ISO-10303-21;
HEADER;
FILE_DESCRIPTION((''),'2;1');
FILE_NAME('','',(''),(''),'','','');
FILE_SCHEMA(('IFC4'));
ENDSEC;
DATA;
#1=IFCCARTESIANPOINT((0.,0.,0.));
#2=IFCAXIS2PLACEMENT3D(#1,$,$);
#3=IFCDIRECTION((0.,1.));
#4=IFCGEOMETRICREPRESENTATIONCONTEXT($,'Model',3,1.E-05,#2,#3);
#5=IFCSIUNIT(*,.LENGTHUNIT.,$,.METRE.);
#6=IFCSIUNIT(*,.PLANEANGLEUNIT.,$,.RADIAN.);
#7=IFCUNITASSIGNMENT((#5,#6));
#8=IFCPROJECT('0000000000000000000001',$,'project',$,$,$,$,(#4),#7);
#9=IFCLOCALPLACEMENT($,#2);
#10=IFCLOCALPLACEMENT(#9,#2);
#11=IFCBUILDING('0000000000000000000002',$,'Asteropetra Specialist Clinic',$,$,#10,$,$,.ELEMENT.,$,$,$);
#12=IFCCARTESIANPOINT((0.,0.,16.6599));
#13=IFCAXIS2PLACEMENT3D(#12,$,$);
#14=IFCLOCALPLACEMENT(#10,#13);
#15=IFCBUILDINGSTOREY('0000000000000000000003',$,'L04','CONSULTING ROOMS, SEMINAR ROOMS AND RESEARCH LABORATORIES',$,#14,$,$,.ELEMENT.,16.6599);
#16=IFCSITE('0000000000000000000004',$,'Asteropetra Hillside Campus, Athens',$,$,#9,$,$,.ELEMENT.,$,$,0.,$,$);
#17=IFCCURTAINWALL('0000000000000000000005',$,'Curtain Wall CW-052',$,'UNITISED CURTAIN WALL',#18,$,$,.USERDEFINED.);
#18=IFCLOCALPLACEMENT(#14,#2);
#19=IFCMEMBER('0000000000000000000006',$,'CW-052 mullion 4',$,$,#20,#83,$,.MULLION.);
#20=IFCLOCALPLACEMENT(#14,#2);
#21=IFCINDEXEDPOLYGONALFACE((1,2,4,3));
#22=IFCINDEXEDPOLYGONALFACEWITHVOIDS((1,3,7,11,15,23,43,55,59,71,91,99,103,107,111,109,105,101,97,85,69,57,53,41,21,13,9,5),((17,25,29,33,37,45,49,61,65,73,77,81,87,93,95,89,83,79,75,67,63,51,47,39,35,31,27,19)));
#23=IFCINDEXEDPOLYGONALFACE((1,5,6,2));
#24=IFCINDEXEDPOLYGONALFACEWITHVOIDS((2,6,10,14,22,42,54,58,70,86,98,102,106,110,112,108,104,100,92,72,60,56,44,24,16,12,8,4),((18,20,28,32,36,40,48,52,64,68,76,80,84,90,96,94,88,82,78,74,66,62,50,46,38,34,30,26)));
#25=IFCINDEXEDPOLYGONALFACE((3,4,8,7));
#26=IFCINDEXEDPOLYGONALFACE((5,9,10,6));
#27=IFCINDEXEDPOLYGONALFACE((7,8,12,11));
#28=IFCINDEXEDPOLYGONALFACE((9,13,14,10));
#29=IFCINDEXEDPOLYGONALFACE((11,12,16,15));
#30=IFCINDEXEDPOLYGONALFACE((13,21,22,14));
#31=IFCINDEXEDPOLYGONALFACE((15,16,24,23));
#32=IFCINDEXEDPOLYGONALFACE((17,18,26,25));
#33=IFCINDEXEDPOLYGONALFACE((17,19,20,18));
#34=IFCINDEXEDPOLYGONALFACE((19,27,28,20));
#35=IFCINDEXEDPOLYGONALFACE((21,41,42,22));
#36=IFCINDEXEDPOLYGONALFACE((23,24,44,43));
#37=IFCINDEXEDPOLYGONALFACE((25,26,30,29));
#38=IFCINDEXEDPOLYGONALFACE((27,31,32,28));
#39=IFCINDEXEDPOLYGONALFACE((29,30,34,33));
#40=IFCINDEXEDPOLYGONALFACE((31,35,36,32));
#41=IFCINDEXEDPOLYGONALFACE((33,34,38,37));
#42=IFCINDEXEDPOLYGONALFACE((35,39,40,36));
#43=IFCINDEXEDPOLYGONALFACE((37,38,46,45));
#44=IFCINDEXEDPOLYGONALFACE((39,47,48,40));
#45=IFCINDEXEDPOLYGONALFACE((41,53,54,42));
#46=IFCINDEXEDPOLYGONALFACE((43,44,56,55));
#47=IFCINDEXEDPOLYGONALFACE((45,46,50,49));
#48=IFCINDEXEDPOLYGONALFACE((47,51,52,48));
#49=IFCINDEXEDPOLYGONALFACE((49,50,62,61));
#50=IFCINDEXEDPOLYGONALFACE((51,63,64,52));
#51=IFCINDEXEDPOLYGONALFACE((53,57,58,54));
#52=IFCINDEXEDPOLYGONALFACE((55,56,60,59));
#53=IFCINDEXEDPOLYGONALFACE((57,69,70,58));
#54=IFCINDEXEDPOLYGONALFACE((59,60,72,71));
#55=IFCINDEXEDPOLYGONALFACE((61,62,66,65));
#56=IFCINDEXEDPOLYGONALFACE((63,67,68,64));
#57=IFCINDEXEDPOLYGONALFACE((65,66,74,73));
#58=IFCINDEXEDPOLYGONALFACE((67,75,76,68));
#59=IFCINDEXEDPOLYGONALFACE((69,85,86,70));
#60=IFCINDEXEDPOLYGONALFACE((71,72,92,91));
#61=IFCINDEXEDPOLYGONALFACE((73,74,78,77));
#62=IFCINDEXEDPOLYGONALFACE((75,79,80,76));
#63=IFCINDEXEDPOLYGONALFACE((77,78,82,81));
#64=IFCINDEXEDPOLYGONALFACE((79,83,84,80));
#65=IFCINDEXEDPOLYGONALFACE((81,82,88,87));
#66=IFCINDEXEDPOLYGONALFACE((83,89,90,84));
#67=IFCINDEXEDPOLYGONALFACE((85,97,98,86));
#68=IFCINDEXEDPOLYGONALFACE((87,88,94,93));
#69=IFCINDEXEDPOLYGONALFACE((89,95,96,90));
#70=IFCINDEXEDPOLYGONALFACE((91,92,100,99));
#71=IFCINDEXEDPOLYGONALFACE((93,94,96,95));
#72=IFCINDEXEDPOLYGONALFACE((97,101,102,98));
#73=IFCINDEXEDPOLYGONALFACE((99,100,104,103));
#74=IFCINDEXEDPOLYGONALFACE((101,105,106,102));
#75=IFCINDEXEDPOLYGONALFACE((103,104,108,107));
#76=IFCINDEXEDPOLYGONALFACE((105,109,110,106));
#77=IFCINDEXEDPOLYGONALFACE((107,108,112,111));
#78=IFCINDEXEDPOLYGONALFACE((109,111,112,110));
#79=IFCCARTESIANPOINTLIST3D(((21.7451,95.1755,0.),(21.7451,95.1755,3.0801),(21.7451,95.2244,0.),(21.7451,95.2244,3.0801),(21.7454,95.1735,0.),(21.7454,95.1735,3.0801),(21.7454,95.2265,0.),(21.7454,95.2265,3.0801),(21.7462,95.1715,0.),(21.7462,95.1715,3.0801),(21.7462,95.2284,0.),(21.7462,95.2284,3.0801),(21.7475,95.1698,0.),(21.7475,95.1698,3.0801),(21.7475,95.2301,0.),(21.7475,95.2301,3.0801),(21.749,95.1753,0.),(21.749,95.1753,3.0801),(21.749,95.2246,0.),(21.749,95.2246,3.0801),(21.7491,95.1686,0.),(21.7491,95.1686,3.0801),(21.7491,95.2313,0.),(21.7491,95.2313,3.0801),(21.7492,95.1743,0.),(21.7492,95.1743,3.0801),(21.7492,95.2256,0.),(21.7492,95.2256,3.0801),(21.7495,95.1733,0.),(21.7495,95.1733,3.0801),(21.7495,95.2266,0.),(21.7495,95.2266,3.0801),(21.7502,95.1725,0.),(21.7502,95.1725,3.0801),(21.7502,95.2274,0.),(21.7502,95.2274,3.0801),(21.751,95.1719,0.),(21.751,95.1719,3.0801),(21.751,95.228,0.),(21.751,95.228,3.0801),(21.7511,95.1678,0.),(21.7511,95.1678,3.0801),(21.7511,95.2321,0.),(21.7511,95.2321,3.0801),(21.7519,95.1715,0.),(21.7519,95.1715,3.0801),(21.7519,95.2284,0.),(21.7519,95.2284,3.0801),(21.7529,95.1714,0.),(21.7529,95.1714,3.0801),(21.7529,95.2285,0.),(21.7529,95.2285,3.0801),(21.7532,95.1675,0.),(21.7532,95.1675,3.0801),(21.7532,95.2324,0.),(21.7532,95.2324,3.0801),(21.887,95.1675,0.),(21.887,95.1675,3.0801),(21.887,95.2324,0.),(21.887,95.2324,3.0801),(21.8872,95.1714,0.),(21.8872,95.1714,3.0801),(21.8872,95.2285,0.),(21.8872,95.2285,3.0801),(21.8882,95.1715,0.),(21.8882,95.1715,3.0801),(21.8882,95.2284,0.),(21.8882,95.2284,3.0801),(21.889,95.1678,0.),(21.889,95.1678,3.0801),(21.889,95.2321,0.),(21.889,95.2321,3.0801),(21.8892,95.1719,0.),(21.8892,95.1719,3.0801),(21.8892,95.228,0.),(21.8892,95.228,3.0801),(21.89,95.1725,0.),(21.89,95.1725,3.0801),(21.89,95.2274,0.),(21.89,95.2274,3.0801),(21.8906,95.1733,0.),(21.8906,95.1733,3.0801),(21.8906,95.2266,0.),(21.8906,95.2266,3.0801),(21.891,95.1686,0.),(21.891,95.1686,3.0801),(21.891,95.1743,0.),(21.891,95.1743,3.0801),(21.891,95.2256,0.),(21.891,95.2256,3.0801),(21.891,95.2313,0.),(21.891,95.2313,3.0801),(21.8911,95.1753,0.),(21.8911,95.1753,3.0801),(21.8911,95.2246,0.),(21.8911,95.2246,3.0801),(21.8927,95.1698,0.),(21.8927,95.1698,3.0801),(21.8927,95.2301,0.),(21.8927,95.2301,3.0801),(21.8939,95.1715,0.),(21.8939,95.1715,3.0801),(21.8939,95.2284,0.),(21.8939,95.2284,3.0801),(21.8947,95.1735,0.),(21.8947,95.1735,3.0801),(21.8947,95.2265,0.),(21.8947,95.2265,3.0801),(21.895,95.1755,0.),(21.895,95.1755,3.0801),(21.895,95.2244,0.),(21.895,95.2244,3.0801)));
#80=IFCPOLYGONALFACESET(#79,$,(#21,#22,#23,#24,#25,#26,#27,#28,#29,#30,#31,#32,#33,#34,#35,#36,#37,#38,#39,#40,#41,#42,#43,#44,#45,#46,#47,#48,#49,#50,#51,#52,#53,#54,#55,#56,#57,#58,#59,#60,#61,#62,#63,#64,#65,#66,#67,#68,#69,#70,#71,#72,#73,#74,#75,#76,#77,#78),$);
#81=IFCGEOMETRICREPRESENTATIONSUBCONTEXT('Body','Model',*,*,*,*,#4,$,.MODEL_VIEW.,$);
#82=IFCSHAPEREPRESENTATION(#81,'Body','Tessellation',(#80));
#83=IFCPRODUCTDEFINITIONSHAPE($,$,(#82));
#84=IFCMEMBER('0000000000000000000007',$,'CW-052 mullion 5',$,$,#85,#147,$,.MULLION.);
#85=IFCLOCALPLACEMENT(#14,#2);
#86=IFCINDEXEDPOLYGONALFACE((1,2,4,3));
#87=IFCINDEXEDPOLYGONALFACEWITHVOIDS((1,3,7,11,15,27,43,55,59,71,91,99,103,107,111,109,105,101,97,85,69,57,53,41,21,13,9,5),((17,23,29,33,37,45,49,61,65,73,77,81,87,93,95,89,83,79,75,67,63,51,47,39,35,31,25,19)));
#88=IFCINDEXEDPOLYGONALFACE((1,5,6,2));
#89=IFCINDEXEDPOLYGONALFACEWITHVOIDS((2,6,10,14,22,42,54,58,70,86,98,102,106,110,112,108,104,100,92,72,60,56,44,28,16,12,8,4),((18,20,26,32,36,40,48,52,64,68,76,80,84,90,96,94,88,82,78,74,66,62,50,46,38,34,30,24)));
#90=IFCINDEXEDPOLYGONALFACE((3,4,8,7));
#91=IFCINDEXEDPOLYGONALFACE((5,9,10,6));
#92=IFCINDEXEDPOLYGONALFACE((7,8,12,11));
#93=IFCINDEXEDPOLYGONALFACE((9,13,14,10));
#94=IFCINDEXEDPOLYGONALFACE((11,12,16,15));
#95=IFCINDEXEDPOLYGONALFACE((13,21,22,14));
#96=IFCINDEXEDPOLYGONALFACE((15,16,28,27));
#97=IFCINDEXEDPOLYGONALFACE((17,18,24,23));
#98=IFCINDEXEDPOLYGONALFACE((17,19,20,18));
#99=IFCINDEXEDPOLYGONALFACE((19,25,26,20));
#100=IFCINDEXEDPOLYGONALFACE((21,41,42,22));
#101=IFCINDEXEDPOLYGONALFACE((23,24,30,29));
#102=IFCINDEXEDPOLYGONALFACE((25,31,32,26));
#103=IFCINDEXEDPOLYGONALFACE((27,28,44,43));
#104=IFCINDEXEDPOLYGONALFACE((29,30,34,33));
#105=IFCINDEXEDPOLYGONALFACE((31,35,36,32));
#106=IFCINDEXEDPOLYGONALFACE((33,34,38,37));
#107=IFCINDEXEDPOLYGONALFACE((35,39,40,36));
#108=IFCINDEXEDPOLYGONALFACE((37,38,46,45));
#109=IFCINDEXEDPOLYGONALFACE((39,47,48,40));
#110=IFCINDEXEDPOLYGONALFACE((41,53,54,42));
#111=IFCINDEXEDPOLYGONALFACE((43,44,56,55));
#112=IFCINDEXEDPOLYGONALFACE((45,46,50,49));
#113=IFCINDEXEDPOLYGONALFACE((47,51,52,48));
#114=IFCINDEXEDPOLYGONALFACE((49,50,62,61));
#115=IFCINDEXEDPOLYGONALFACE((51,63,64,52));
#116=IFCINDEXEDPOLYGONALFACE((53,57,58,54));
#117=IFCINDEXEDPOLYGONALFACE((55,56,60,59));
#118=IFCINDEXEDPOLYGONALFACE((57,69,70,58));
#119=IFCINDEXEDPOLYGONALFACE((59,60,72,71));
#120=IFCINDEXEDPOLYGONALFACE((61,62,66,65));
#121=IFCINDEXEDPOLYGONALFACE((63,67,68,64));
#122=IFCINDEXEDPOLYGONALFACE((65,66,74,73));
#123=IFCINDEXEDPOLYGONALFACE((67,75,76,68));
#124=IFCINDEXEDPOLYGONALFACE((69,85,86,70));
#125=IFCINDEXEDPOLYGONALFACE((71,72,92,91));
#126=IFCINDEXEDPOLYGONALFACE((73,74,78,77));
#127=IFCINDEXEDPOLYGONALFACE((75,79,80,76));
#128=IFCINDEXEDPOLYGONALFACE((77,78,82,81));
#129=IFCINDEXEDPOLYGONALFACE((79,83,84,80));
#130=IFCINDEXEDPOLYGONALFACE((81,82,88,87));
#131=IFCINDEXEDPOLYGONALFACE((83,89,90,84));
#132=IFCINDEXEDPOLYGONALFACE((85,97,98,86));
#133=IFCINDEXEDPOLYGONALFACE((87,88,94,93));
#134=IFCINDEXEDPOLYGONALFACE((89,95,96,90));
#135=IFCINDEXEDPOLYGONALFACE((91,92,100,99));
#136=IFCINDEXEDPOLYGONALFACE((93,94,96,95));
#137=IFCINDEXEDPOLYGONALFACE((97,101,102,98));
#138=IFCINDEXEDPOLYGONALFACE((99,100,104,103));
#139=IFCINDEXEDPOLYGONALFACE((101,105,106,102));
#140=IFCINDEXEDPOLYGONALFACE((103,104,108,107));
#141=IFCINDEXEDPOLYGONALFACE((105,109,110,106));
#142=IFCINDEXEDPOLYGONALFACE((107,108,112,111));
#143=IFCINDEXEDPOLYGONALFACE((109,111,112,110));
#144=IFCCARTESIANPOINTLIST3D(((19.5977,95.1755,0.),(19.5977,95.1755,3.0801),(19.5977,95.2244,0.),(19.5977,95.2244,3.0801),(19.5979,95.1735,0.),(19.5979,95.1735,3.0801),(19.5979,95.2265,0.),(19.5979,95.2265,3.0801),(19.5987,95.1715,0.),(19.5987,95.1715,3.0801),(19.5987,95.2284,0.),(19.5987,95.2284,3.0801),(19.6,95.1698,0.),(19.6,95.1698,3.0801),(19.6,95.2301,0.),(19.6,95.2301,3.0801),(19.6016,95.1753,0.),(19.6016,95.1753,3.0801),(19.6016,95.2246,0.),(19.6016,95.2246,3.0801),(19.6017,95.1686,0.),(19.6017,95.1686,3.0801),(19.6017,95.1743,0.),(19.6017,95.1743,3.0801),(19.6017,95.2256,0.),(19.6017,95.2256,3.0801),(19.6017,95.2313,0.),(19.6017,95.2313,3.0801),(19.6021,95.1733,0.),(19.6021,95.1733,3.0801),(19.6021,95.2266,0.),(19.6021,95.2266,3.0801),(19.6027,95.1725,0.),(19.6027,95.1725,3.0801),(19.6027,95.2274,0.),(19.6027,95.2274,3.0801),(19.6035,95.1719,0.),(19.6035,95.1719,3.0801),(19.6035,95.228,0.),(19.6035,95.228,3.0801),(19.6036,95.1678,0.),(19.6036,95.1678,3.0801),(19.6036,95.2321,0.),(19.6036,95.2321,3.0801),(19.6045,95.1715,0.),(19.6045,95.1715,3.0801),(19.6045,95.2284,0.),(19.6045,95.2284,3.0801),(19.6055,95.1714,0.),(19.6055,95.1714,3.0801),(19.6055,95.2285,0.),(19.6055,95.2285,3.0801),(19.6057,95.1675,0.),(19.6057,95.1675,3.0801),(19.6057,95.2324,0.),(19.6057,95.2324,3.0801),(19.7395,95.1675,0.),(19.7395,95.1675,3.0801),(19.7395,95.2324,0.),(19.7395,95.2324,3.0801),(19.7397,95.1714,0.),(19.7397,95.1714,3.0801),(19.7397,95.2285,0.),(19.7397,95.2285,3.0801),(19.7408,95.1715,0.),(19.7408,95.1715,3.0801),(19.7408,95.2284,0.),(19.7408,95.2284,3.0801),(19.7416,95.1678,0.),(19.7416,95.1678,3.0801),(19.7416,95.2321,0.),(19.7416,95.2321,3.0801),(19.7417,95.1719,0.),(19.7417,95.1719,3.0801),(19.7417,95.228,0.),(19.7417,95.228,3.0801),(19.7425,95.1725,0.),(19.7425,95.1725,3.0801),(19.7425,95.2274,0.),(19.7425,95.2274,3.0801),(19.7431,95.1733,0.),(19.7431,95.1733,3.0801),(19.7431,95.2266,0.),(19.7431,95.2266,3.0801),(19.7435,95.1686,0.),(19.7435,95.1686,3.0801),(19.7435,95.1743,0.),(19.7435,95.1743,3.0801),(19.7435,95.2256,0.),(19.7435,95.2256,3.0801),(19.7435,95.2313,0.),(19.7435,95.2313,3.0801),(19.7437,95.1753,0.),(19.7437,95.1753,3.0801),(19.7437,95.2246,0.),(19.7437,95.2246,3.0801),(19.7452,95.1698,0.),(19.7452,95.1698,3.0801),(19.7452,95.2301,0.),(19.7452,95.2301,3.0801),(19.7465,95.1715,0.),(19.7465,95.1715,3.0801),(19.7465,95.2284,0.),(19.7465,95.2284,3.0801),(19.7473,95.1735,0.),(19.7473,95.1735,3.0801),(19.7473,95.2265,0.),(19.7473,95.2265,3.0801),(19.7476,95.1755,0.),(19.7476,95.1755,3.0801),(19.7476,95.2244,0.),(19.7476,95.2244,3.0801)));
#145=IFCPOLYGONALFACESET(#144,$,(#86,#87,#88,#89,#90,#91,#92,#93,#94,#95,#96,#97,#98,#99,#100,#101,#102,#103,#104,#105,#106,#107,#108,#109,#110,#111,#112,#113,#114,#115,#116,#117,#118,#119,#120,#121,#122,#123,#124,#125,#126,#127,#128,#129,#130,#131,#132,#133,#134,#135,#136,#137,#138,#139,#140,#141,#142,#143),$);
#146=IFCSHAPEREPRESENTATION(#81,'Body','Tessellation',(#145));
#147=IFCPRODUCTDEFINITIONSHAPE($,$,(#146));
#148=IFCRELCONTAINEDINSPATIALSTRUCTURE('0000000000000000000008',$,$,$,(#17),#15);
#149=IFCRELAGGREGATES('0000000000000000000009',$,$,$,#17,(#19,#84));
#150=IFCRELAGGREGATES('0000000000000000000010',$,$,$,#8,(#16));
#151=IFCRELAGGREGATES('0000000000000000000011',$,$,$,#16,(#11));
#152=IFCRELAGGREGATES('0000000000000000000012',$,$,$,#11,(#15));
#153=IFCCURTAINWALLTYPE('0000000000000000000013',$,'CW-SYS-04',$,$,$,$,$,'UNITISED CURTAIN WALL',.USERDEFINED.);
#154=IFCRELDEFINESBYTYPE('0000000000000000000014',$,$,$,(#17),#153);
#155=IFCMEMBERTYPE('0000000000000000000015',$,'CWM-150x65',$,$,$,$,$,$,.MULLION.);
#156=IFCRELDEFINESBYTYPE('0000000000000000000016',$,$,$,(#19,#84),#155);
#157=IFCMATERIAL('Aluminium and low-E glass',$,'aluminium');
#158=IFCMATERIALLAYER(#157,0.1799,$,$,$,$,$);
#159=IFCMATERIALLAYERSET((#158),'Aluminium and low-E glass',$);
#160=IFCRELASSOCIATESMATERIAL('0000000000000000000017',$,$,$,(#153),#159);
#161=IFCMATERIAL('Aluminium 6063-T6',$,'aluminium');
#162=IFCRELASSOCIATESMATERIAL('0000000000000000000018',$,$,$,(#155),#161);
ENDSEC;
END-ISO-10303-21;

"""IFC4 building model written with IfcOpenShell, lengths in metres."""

from ifc_helpers import new_model, si_unit, direction, frame, origin, origin_2d, place, context, subcontext, project, spatial, hollow_rectangle, extrude, material, layer, layer_set, material_profile, profile_set, type_object, element, aggregate, save


model = new_model("IFC4")

# Units and contexts
model_context = context("Model", 3, precision=1e-05, world=origin(), true_north=direction((0.0, 1.0)))
body_context = subcontext(model_context, "Body", "Model", "MODEL_VIEW")
ifc_project = project(units=[si_unit("LENGTHUNIT", "METRE"), si_unit("PLANEANGLEUNIT", "RADIAN")], contexts=[model_context])

# Site, building, storey
site_placement = place(None, origin())
site = spatial("IfcSite", under=ifc_project, at=site_placement, Name="Asteropetra Hillside Campus, Athens", CompositionType="ELEMENT", RefElevation=0.0)
building_placement = place(site_placement, origin())
building = spatial("IfcBuilding", under=site, at=building_placement, Name="Asteropetra Specialist Clinic", CompositionType="ELEMENT")
storey_placement = place(building_placement, frame((0.0, 0.0, 16.6599)))
storey = spatial("IfcBuildingStorey", under=building, at=storey_placement, Name="L04", Description="CONSULTING ROOMS, SEMINAR ROOMS AND RESEARCH LABORATORIES", CompositionType="ELEMENT", Elevation=16.6599)

# Curtain wall, members
ifc_material_1 = material(Name="Aluminium and low-E glass", Category="aluminium")
ifc_layer_1 = layer(ifc_material_1, 0.1799)
ifc_layer_set_1 = layer_set([ifc_layer_1], Name="Aluminium and low-E glass")
curtain_wall_type_1 = type_object("IfcCurtainWallType", Name="CW-SYS-04", ElementType="UNITISED CURTAIN WALL", PredefinedType="USERDEFINED", material=ifc_layer_set_1)
curtain_wall_1_placement = place(storey_placement, origin())
curtain_wall_1 = element("IfcCurtainWall", 1, at=curtain_wall_1_placement, inside=storey, type_object=curtain_wall_type_1, Name="Curtain Wall CW-052", ObjectType="UNITISED CURTAIN WALL", PredefinedType="USERDEFINED")
ifc_material_2 = material(Name="Aluminium 6063-T6", Category="aluminium")
ifc_material_profile_1 = material_profile(ifc_material_2, hollow_rectangle(XDim=0.0649, YDim=0.1499, WallThickness=0.0039, InnerFilletRadius=0.0039, OuterFilletRadius=0.0081, at=origin_2d()), Name="MUL 150x65x4.0")
ifc_profile_set_1 = profile_set([ifc_material_profile_1], Name="Aluminium 6063-T6")
member_type_1 = type_object("IfcMemberType", Name="CWM-150x65", PredefinedType="MULLION", material=ifc_profile_set_1)
member_1_placement = place(storey_placement, frame((21.8201, 95.2, 0.0), z_axis=(0.0, 0.0, 1.0), x_axis=(0.0, -1.0, 0.0)))
member_1 = element("IfcMember", 2, at=member_1_placement, type_object=member_type_1, Name="CW-052 mullion 4", PredefinedType="MULLION", context=body_context, shape_type="SweptSolid", body=[
    extrude(hollow_rectangle(XDim=0.0649, YDim=0.1499, WallThickness=0.0039, InnerFilletRadius=0.0039, OuterFilletRadius=0.0081, at=origin_2d()), origin(), (0.0, 0.0, 1.0), 3.0801),
])
member_2_placement = place(storey_placement, frame((19.6726, 95.2, 0.0), z_axis=(0.0, 0.0, 1.0), x_axis=(0.0, -1.0, 0.0)))
member_2 = element("IfcMember", 3, at=member_2_placement, type_object=member_type_1, Name="CW-052 mullion 5", PredefinedType="MULLION", context=body_context, shape_type="SweptSolid", body=[
    extrude(hollow_rectangle(XDim=0.0649, YDim=0.1499, WallThickness=0.0039, InnerFilletRadius=0.0039, OuterFilletRadius=0.0081, at=origin_2d()), origin(), (0.0, 0.0, 1.0), 3.0801),
])

aggregate(curtain_wall_1, [member_1, member_2])

save(model, "model.ifc")
